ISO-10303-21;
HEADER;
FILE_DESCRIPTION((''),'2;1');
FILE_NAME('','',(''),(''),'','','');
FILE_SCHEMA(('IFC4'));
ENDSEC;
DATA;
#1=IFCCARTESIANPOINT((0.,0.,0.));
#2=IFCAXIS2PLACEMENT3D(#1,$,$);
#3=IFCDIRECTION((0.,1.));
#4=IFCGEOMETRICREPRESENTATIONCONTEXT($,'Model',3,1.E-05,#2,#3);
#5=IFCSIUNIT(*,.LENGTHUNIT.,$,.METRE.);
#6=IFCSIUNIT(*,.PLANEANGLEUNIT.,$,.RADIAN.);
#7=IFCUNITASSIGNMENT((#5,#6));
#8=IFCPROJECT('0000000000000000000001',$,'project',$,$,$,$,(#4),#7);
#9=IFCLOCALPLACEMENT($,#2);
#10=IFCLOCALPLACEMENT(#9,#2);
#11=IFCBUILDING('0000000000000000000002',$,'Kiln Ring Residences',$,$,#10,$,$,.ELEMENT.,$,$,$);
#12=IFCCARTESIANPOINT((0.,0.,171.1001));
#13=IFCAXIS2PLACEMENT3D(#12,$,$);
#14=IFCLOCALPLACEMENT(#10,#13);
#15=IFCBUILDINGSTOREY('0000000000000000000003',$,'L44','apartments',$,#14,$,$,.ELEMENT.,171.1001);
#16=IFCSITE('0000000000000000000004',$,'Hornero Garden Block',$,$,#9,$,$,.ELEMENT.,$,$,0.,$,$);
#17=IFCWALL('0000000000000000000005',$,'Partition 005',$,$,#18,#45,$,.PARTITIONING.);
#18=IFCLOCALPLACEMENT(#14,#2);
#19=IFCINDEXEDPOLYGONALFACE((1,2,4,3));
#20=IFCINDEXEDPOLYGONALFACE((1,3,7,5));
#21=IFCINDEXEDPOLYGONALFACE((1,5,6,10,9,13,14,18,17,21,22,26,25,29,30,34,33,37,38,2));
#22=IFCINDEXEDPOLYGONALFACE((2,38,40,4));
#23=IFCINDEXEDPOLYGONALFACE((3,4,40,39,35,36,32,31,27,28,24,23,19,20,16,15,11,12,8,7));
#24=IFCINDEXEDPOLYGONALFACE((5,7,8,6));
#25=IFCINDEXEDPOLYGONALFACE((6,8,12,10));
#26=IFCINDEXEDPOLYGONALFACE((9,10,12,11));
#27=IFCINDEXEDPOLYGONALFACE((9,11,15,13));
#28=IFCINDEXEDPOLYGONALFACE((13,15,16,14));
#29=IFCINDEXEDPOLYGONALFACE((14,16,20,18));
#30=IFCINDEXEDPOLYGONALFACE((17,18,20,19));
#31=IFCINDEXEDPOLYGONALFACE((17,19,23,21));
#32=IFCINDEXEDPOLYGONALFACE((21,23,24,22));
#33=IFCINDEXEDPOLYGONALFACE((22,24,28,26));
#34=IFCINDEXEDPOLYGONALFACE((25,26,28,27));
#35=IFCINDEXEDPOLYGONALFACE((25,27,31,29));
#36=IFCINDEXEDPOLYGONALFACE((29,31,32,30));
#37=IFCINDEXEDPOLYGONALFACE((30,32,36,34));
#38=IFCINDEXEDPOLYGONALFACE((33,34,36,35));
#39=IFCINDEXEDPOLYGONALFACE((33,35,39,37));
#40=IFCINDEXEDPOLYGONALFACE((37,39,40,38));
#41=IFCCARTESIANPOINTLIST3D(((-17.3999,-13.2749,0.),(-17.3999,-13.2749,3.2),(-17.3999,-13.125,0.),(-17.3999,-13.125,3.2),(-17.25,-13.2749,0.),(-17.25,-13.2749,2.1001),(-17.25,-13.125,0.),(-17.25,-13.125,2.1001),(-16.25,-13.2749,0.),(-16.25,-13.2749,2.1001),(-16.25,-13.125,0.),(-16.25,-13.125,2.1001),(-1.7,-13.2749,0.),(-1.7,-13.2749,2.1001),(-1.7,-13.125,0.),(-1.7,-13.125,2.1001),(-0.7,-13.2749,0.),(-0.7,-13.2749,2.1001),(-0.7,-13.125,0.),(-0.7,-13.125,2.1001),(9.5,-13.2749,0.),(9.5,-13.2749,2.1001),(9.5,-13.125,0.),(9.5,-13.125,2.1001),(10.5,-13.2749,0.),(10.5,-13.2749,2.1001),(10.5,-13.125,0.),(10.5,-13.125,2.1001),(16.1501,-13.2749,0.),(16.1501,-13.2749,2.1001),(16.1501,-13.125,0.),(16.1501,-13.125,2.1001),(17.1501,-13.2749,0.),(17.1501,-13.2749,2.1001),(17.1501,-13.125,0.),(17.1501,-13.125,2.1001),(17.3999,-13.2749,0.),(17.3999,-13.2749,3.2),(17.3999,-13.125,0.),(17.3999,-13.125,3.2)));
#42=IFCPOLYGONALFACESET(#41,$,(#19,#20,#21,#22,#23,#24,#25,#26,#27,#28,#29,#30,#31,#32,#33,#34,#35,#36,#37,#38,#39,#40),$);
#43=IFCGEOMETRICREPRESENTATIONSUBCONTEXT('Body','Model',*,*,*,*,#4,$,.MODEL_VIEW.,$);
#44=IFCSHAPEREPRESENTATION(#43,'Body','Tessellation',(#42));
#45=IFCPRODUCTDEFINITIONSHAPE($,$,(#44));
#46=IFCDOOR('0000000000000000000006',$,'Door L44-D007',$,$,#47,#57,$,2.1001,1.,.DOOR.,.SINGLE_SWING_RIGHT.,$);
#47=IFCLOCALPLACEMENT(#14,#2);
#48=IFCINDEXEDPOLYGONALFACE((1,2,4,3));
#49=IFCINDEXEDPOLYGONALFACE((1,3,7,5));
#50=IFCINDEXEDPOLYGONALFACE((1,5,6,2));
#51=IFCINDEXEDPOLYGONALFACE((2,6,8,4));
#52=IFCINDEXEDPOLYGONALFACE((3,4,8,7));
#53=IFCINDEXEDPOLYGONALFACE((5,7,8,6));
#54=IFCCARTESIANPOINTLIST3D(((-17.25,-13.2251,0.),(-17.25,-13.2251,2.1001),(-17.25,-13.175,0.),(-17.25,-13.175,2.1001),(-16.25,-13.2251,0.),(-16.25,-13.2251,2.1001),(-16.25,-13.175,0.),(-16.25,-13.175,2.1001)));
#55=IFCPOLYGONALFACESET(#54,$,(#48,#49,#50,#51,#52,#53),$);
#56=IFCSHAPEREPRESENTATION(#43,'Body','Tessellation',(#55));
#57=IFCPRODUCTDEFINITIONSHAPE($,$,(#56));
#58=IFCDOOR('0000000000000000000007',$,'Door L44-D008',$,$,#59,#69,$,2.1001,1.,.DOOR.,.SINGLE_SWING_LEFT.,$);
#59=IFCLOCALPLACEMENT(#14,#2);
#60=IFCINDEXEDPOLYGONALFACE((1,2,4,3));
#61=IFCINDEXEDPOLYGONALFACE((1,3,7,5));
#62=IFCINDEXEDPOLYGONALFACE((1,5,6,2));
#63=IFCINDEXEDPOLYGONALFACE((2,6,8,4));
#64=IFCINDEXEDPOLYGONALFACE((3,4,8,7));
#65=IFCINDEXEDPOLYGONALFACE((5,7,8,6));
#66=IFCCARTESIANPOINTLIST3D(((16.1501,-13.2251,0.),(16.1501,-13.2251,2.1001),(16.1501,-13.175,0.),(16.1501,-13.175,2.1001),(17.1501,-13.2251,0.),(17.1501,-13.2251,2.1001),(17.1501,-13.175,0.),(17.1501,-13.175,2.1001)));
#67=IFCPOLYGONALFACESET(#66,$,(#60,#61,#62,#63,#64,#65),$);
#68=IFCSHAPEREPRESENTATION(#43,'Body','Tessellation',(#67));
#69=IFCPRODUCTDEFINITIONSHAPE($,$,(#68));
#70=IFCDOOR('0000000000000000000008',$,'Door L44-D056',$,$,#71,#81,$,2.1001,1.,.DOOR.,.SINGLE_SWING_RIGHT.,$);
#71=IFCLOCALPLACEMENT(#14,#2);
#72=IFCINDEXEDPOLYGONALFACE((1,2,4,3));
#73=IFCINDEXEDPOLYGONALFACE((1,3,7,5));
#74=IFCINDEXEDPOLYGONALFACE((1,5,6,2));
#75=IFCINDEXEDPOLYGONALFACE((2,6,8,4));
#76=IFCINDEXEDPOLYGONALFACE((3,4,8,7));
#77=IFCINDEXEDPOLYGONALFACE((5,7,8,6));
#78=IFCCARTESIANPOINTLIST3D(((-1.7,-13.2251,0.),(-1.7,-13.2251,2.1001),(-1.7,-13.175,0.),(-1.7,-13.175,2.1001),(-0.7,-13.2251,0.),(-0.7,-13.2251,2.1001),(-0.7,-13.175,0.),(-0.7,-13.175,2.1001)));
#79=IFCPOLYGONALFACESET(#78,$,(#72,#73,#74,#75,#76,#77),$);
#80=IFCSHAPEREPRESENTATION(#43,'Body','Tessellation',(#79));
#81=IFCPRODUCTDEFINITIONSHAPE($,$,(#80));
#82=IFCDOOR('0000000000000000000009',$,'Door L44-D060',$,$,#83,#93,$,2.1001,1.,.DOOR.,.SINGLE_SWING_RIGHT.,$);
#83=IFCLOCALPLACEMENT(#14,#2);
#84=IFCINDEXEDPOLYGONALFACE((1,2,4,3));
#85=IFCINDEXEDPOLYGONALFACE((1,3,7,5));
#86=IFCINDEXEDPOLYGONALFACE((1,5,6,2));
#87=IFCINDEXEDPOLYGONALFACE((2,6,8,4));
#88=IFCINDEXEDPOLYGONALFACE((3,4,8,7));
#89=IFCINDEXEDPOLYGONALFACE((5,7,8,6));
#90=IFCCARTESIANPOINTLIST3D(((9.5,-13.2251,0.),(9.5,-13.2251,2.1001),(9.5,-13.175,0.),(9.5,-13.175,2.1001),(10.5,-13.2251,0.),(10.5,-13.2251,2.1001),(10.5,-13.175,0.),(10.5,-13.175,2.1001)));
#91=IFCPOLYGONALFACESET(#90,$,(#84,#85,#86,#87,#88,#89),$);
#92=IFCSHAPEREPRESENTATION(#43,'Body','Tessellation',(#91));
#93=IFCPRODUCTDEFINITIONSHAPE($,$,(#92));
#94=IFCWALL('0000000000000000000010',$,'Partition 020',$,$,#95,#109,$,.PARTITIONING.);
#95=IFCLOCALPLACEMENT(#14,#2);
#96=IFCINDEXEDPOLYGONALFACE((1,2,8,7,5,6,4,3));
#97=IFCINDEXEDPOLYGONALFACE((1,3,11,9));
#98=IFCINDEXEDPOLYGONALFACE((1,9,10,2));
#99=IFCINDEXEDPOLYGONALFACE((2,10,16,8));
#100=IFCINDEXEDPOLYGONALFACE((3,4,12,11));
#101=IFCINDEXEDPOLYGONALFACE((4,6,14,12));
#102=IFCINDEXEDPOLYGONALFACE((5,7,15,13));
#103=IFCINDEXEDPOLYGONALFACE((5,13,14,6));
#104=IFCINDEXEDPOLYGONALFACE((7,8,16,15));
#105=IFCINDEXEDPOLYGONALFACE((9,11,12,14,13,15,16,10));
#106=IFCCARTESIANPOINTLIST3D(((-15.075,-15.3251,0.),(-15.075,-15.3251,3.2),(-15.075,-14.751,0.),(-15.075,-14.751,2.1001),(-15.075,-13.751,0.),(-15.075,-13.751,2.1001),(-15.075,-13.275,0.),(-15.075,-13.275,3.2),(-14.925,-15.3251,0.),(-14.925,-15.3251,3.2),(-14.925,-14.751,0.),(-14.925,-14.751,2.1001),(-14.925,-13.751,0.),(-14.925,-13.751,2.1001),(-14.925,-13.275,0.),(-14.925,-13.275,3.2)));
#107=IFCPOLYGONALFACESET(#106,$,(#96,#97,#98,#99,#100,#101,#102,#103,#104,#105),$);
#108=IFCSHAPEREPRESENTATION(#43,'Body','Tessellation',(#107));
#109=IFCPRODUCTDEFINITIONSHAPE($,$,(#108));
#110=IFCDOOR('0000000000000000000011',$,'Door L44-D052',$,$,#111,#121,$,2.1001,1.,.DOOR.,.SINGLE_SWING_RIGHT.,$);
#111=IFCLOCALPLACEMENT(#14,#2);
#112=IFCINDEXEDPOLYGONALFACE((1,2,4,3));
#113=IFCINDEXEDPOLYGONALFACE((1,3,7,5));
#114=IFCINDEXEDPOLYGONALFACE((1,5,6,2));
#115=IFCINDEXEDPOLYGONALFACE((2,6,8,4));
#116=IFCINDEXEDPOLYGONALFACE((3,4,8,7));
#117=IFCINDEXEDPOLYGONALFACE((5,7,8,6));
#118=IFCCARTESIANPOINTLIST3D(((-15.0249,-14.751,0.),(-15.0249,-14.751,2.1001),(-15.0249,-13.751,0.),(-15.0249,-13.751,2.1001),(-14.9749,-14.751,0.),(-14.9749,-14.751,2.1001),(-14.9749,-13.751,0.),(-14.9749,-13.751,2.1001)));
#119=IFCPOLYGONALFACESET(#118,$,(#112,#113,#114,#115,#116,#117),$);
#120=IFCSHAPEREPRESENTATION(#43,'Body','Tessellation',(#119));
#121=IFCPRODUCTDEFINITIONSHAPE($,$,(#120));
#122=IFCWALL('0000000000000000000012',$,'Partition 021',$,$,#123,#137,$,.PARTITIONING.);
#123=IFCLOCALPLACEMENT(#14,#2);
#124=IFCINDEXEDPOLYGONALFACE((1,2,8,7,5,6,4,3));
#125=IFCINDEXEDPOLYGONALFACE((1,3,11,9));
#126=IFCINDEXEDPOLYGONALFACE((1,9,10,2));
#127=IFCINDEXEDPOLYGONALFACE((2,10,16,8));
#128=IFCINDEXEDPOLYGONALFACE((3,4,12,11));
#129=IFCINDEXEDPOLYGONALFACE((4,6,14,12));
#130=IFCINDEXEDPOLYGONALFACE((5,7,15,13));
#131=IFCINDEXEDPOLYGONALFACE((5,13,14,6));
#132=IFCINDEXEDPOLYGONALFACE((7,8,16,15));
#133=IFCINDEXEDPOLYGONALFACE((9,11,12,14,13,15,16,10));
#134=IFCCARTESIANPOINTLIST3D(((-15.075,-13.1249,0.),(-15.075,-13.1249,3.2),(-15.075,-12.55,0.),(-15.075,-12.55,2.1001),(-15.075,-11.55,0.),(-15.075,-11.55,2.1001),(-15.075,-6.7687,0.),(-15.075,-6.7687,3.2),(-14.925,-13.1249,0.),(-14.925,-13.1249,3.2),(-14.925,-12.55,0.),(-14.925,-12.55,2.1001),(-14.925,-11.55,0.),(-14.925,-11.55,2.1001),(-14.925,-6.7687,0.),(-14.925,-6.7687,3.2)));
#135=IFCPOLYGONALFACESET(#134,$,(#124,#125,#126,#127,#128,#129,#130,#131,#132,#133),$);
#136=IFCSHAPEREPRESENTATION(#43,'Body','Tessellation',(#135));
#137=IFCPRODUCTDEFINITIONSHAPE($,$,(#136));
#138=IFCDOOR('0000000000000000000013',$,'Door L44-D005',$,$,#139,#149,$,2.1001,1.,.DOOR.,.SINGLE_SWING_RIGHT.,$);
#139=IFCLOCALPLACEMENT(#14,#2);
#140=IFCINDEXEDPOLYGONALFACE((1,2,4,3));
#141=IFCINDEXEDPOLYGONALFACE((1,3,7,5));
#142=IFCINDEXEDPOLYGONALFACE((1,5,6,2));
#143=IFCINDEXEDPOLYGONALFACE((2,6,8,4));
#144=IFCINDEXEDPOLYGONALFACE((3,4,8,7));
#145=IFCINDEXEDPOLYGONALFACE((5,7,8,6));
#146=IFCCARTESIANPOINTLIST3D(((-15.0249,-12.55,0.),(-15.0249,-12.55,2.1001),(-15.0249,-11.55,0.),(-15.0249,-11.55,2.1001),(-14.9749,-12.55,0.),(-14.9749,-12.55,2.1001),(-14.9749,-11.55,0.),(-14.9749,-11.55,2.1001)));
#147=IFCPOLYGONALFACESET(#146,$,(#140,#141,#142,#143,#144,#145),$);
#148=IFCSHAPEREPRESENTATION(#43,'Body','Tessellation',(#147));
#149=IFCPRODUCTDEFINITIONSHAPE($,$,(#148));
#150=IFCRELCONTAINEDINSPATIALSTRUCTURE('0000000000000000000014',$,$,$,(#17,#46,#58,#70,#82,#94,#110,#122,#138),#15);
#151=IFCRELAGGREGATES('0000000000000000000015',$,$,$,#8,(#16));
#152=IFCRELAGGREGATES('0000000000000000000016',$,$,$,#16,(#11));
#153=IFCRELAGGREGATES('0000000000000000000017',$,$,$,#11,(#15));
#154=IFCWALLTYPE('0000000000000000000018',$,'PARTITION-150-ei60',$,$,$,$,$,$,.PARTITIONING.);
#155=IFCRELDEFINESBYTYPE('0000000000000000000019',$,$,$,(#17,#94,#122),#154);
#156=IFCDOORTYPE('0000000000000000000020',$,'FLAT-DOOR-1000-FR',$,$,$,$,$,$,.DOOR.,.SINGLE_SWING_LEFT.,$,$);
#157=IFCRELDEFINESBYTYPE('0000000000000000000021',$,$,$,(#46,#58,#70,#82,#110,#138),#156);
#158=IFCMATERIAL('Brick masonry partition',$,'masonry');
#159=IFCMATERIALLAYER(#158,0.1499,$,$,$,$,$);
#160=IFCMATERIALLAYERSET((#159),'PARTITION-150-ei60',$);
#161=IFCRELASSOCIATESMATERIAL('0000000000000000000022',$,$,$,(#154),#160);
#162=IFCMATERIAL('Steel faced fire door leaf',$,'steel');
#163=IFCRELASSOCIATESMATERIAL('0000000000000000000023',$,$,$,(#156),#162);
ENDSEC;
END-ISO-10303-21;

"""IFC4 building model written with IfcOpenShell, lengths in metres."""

from ifc_helpers import new_model, si_unit, direction, frame, frame_2d, origin, place, context, subcontext, project, spatial, rectangle, extrude, material, layer, layer_set, type_object, element, fill, save


model = new_model("IFC4")

# Units and contexts
model_context = context("Model", 3, precision=1e-05, world=origin(), true_north=direction((0.0, 1.0)))
body_context = subcontext(model_context, "Body", "Model", "MODEL_VIEW")
ifc_project = project(units=[si_unit("LENGTHUNIT", "METRE"), si_unit("PLANEANGLEUNIT", "RADIAN")], contexts=[model_context])

# Site, building, storey
site_placement = place(None, origin())
site = spatial("IfcSite", under=ifc_project, at=site_placement, Name="Hornero Garden Block", CompositionType="ELEMENT", RefElevation=0.0)
building_placement = place(site_placement, origin())
building = spatial("IfcBuilding", under=site, at=building_placement, Name="Kiln Ring Residences", CompositionType="ELEMENT")
storey_placement = place(building_placement, frame((0.0, 0.0, 171.1001)))
storey = spatial("IfcBuildingStorey", under=building, at=storey_placement, Name="L44", Description="apartments", CompositionType="ELEMENT", Elevation=171.1001)

# Wall, openings, doors
ifc_material_1 = material(Name="Brick masonry partition", Category="masonry")
ifc_layer_1 = layer(ifc_material_1, 0.1499)
ifc_layer_set_1 = layer_set([ifc_layer_1], Name="PARTITION-150-ei60")
wall_type_1 = type_object("IfcWallType", Name="PARTITION-150-ei60", PredefinedType="PARTITIONING", material=ifc_layer_set_1)
wall_1_placement = place(storey_placement, frame((-17.3999, -13.2, 0.0), z_axis=(0.0, 0.0, 1.0), x_axis=(1.0, 0.0, 0.0)))
wall_1 = element("IfcWall", 1, at=wall_1_placement, inside=storey, type_object=wall_type_1, Name="Partition 005", PredefinedType="PARTITIONING", context=body_context, shape_type="SweptSolid", body=[
    extrude(rectangle(XDim=34.7998, YDim=0.1499, at=frame_2d((17.3999, 0.0))), origin(), (0.0, 0.0, 1.0), 3.2),
])
opening_1_placement = place(wall_1_placement, frame((0.1499, 0.0, 0.0)))
opening_1 = element("IfcOpeningElement", 2, at=opening_1_placement, cuts=wall_1, PredefinedType="OPENING", context=body_context, shape_type="SweptSolid", body=[
    extrude(rectangle(XDim=1.0, YDim=2.1001, at=frame_2d((0.5, 1.05))), frame((0.0, 0.085, 0.0), z_axis=(0.0, -1.0, 0.0), x_axis=(1.0, 0.0, 0.0)), (0.0, 0.0, 1.0), 0.1699),
])
opening_2_placement = place(wall_1_placement, frame((33.55, 0.0, 0.0)))
opening_2 = element("IfcOpeningElement", 3, at=opening_2_placement, cuts=wall_1, PredefinedType="OPENING", context=body_context, shape_type="SweptSolid", body=[
    extrude(rectangle(XDim=1.0, YDim=2.1001, at=frame_2d((0.5, 1.05))), frame((0.0, 0.085, 0.0), z_axis=(0.0, -1.0, 0.0), x_axis=(1.0, 0.0, 0.0)), (0.0, 0.0, 1.0), 0.1699),
])
opening_3_placement = place(wall_1_placement, frame((15.7, 0.0, 0.0)))
opening_3 = element("IfcOpeningElement", 4, at=opening_3_placement, cuts=wall_1, PredefinedType="OPENING", context=body_context, shape_type="SweptSolid", body=[
    extrude(rectangle(XDim=1.0, YDim=2.1001, at=frame_2d((0.5, 1.05))), frame((0.0, 0.085, 0.0), z_axis=(0.0, -1.0, 0.0), x_axis=(1.0, 0.0, 0.0)), (0.0, 0.0, 1.0), 0.1699),
])
opening_4_placement = place(wall_1_placement, frame((26.8999, 0.0, 0.0)))
opening_4 = element("IfcOpeningElement", 5, at=opening_4_placement, cuts=wall_1, PredefinedType="OPENING", context=body_context, shape_type="SweptSolid", body=[
    extrude(rectangle(XDim=1.0, YDim=2.1001, at=frame_2d((0.5, 1.05))), frame((0.0, 0.085, 0.0), z_axis=(0.0, -1.0, 0.0), x_axis=(1.0, 0.0, 0.0)), (0.0, 0.0, 1.0), 0.1699),
])
ifc_material_2 = material(Name="Steel faced fire door leaf", Category="steel")
door_type_1 = type_object("IfcDoorType", Name="FLAT-DOOR-1000-FR", OperationType="SINGLE_SWING_LEFT", PredefinedType="DOOR", material=ifc_material_2)
door_1_placement = place(opening_1_placement, origin())
door_1 = element("IfcDoor", 6, at=door_1_placement, inside=storey, type_object=door_type_1, Name="Door L44-D007", OperationType="SINGLE_SWING_RIGHT", OverallHeight=2.1001, OverallWidth=1.0, PredefinedType="DOOR", context=body_context, shape_type="SweptSolid", body=[
    extrude(rectangle(XDim=1.0, YDim=2.1001, at=frame_2d((0.5, 1.05))), frame((0.0, 0.0249, 0.0), z_axis=(0.0, -1.0, 0.0), x_axis=(1.0, 0.0, 0.0)), (0.0, 0.0, 1.0), 0.05),
])
fill(opening_1, door_1)
door_2_placement = place(opening_2_placement, origin())
door_2 = element("IfcDoor", 7, at=door_2_placement, inside=storey, type_object=door_type_1, Name="Door L44-D008", OperationType="SINGLE_SWING_LEFT", OverallHeight=2.1001, OverallWidth=1.0, PredefinedType="DOOR", context=body_context, shape_type="SweptSolid", body=[
    extrude(rectangle(XDim=1.0, YDim=2.1001, at=frame_2d((0.5, 1.05))), frame((0.0, 0.0249, 0.0), z_axis=(0.0, -1.0, 0.0), x_axis=(1.0, 0.0, 0.0)), (0.0, 0.0, 1.0), 0.05),
])
fill(opening_2, door_2)
door_3_placement = place(opening_3_placement, origin())
door_3 = element("IfcDoor", 8, at=door_3_placement, inside=storey, type_object=door_type_1, Name="Door L44-D056", OperationType="SINGLE_SWING_RIGHT", OverallHeight=2.1001, OverallWidth=1.0, PredefinedType="DOOR", context=body_context, shape_type="SweptSolid", body=[
    extrude(rectangle(XDim=1.0, YDim=2.1001, at=frame_2d((0.5, 1.05))), frame((0.0, 0.0249, 0.0), z_axis=(0.0, -1.0, 0.0), x_axis=(1.0, 0.0, 0.0)), (0.0, 0.0, 1.0), 0.05),
])
fill(opening_3, door_3)
door_4_placement = place(opening_4_placement, origin())
door_4 = element("IfcDoor", 9, at=door_4_placement, inside=storey, type_object=door_type_1, Name="Door L44-D060", OperationType="SINGLE_SWING_RIGHT", OverallHeight=2.1001, OverallWidth=1.0, PredefinedType="DOOR", context=body_context, shape_type="SweptSolid", body=[
    extrude(rectangle(XDim=1.0, YDim=2.1001, at=frame_2d((0.5, 1.05))), frame((0.0, 0.0249, 0.0), z_axis=(0.0, -1.0, 0.0), x_axis=(1.0, 0.0, 0.0)), (0.0, 0.0, 1.0), 0.05),
])
fill(opening_4, door_4)

# Walls, openings, doors
wall_2_placement = place(storey_placement, frame((-15.0, -15.325, 0.0), z_axis=(0.0, 0.0, 1.0), x_axis=(0.0, 1.0, 0.0)))
wall_2 = element("IfcWall", 10, at=wall_2_placement, inside=storey, type_object=wall_type_1, Name="Partition 020", PredefinedType="PARTITIONING", context=body_context, shape_type="SweptSolid", body=[
    extrude(rectangle(XDim=2.05, YDim=0.1499, at=frame_2d((1.0249, 0.0))), origin(), (0.0, 0.0, 1.0), 3.2),
])
opening_5_placement = place(wall_2_placement, frame((0.574, 0.0, 0.0)))
opening_5 = element("IfcOpeningElement", 11, at=opening_5_placement, cuts=wall_2, PredefinedType="OPENING", context=body_context, shape_type="SweptSolid", body=[
    extrude(rectangle(XDim=1.0, YDim=2.1001, at=frame_2d((0.5, 1.05))), frame((0.0, 0.085, 0.0), z_axis=(0.0, -1.0, 0.0), x_axis=(1.0, 0.0, 0.0)), (0.0, 0.0, 1.0), 0.1699),
])
door_5_placement = place(opening_5_placement, origin())
door_5 = element("IfcDoor", 12, at=door_5_placement, inside=storey, type_object=door_type_1, Name="Door L44-D052", OperationType="SINGLE_SWING_RIGHT", OverallHeight=2.1001, OverallWidth=1.0, PredefinedType="DOOR", context=body_context, shape_type="SweptSolid", body=[
    extrude(rectangle(XDim=1.0, YDim=2.1001, at=frame_2d((0.5, 1.05))), frame((0.0, 0.0249, 0.0), z_axis=(0.0, -1.0, 0.0), x_axis=(1.0, 0.0, 0.0)), (0.0, 0.0, 1.0), 0.05),
])
fill(opening_5, door_5)
wall_3_placement = place(storey_placement, frame((-15.0, -13.125, 0.0), z_axis=(0.0, 0.0, 1.0), x_axis=(0.0, 1.0, 0.0)))
wall_3 = element("IfcWall", 13, at=wall_3_placement, inside=storey, type_object=wall_type_1, Name="Partition 021", PredefinedType="PARTITIONING", context=body_context, shape_type="SweptSolid", body=[
    extrude(rectangle(XDim=6.3562, YDim=0.1499, at=frame_2d((3.1782, 0.0))), origin(), (0.0, 0.0, 1.0), 3.2),
])
opening_6_placement = place(wall_3_placement, frame((0.575, 0.0, 0.0)))
opening_6 = element("IfcOpeningElement", 14, at=opening_6_placement, cuts=wall_3, PredefinedType="OPENING", context=body_context, shape_type="SweptSolid", body=[
    extrude(rectangle(XDim=1.0, YDim=2.1001, at=frame_2d((0.5, 1.05))), frame((0.0, 0.085, 0.0), z_axis=(0.0, -1.0, 0.0), x_axis=(1.0, 0.0, 0.0)), (0.0, 0.0, 1.0), 0.1699),
])
door_6_placement = place(opening_6_placement, origin())
door_6 = element("IfcDoor", 15, at=door_6_placement, inside=storey, type_object=door_type_1, Name="Door L44-D005", OperationType="SINGLE_SWING_RIGHT", OverallHeight=2.1001, OverallWidth=1.0, PredefinedType="DOOR", context=body_context, shape_type="SweptSolid", body=[
    extrude(rectangle(XDim=1.0, YDim=2.1001, at=frame_2d((0.5, 1.05))), frame((0.0, 0.0249, 0.0), z_axis=(0.0, -1.0, 0.0), x_axis=(1.0, 0.0, 0.0)), (0.0, 0.0, 1.0), 0.05),
])
fill(opening_6, door_6)

save(model, "model.ifc")
